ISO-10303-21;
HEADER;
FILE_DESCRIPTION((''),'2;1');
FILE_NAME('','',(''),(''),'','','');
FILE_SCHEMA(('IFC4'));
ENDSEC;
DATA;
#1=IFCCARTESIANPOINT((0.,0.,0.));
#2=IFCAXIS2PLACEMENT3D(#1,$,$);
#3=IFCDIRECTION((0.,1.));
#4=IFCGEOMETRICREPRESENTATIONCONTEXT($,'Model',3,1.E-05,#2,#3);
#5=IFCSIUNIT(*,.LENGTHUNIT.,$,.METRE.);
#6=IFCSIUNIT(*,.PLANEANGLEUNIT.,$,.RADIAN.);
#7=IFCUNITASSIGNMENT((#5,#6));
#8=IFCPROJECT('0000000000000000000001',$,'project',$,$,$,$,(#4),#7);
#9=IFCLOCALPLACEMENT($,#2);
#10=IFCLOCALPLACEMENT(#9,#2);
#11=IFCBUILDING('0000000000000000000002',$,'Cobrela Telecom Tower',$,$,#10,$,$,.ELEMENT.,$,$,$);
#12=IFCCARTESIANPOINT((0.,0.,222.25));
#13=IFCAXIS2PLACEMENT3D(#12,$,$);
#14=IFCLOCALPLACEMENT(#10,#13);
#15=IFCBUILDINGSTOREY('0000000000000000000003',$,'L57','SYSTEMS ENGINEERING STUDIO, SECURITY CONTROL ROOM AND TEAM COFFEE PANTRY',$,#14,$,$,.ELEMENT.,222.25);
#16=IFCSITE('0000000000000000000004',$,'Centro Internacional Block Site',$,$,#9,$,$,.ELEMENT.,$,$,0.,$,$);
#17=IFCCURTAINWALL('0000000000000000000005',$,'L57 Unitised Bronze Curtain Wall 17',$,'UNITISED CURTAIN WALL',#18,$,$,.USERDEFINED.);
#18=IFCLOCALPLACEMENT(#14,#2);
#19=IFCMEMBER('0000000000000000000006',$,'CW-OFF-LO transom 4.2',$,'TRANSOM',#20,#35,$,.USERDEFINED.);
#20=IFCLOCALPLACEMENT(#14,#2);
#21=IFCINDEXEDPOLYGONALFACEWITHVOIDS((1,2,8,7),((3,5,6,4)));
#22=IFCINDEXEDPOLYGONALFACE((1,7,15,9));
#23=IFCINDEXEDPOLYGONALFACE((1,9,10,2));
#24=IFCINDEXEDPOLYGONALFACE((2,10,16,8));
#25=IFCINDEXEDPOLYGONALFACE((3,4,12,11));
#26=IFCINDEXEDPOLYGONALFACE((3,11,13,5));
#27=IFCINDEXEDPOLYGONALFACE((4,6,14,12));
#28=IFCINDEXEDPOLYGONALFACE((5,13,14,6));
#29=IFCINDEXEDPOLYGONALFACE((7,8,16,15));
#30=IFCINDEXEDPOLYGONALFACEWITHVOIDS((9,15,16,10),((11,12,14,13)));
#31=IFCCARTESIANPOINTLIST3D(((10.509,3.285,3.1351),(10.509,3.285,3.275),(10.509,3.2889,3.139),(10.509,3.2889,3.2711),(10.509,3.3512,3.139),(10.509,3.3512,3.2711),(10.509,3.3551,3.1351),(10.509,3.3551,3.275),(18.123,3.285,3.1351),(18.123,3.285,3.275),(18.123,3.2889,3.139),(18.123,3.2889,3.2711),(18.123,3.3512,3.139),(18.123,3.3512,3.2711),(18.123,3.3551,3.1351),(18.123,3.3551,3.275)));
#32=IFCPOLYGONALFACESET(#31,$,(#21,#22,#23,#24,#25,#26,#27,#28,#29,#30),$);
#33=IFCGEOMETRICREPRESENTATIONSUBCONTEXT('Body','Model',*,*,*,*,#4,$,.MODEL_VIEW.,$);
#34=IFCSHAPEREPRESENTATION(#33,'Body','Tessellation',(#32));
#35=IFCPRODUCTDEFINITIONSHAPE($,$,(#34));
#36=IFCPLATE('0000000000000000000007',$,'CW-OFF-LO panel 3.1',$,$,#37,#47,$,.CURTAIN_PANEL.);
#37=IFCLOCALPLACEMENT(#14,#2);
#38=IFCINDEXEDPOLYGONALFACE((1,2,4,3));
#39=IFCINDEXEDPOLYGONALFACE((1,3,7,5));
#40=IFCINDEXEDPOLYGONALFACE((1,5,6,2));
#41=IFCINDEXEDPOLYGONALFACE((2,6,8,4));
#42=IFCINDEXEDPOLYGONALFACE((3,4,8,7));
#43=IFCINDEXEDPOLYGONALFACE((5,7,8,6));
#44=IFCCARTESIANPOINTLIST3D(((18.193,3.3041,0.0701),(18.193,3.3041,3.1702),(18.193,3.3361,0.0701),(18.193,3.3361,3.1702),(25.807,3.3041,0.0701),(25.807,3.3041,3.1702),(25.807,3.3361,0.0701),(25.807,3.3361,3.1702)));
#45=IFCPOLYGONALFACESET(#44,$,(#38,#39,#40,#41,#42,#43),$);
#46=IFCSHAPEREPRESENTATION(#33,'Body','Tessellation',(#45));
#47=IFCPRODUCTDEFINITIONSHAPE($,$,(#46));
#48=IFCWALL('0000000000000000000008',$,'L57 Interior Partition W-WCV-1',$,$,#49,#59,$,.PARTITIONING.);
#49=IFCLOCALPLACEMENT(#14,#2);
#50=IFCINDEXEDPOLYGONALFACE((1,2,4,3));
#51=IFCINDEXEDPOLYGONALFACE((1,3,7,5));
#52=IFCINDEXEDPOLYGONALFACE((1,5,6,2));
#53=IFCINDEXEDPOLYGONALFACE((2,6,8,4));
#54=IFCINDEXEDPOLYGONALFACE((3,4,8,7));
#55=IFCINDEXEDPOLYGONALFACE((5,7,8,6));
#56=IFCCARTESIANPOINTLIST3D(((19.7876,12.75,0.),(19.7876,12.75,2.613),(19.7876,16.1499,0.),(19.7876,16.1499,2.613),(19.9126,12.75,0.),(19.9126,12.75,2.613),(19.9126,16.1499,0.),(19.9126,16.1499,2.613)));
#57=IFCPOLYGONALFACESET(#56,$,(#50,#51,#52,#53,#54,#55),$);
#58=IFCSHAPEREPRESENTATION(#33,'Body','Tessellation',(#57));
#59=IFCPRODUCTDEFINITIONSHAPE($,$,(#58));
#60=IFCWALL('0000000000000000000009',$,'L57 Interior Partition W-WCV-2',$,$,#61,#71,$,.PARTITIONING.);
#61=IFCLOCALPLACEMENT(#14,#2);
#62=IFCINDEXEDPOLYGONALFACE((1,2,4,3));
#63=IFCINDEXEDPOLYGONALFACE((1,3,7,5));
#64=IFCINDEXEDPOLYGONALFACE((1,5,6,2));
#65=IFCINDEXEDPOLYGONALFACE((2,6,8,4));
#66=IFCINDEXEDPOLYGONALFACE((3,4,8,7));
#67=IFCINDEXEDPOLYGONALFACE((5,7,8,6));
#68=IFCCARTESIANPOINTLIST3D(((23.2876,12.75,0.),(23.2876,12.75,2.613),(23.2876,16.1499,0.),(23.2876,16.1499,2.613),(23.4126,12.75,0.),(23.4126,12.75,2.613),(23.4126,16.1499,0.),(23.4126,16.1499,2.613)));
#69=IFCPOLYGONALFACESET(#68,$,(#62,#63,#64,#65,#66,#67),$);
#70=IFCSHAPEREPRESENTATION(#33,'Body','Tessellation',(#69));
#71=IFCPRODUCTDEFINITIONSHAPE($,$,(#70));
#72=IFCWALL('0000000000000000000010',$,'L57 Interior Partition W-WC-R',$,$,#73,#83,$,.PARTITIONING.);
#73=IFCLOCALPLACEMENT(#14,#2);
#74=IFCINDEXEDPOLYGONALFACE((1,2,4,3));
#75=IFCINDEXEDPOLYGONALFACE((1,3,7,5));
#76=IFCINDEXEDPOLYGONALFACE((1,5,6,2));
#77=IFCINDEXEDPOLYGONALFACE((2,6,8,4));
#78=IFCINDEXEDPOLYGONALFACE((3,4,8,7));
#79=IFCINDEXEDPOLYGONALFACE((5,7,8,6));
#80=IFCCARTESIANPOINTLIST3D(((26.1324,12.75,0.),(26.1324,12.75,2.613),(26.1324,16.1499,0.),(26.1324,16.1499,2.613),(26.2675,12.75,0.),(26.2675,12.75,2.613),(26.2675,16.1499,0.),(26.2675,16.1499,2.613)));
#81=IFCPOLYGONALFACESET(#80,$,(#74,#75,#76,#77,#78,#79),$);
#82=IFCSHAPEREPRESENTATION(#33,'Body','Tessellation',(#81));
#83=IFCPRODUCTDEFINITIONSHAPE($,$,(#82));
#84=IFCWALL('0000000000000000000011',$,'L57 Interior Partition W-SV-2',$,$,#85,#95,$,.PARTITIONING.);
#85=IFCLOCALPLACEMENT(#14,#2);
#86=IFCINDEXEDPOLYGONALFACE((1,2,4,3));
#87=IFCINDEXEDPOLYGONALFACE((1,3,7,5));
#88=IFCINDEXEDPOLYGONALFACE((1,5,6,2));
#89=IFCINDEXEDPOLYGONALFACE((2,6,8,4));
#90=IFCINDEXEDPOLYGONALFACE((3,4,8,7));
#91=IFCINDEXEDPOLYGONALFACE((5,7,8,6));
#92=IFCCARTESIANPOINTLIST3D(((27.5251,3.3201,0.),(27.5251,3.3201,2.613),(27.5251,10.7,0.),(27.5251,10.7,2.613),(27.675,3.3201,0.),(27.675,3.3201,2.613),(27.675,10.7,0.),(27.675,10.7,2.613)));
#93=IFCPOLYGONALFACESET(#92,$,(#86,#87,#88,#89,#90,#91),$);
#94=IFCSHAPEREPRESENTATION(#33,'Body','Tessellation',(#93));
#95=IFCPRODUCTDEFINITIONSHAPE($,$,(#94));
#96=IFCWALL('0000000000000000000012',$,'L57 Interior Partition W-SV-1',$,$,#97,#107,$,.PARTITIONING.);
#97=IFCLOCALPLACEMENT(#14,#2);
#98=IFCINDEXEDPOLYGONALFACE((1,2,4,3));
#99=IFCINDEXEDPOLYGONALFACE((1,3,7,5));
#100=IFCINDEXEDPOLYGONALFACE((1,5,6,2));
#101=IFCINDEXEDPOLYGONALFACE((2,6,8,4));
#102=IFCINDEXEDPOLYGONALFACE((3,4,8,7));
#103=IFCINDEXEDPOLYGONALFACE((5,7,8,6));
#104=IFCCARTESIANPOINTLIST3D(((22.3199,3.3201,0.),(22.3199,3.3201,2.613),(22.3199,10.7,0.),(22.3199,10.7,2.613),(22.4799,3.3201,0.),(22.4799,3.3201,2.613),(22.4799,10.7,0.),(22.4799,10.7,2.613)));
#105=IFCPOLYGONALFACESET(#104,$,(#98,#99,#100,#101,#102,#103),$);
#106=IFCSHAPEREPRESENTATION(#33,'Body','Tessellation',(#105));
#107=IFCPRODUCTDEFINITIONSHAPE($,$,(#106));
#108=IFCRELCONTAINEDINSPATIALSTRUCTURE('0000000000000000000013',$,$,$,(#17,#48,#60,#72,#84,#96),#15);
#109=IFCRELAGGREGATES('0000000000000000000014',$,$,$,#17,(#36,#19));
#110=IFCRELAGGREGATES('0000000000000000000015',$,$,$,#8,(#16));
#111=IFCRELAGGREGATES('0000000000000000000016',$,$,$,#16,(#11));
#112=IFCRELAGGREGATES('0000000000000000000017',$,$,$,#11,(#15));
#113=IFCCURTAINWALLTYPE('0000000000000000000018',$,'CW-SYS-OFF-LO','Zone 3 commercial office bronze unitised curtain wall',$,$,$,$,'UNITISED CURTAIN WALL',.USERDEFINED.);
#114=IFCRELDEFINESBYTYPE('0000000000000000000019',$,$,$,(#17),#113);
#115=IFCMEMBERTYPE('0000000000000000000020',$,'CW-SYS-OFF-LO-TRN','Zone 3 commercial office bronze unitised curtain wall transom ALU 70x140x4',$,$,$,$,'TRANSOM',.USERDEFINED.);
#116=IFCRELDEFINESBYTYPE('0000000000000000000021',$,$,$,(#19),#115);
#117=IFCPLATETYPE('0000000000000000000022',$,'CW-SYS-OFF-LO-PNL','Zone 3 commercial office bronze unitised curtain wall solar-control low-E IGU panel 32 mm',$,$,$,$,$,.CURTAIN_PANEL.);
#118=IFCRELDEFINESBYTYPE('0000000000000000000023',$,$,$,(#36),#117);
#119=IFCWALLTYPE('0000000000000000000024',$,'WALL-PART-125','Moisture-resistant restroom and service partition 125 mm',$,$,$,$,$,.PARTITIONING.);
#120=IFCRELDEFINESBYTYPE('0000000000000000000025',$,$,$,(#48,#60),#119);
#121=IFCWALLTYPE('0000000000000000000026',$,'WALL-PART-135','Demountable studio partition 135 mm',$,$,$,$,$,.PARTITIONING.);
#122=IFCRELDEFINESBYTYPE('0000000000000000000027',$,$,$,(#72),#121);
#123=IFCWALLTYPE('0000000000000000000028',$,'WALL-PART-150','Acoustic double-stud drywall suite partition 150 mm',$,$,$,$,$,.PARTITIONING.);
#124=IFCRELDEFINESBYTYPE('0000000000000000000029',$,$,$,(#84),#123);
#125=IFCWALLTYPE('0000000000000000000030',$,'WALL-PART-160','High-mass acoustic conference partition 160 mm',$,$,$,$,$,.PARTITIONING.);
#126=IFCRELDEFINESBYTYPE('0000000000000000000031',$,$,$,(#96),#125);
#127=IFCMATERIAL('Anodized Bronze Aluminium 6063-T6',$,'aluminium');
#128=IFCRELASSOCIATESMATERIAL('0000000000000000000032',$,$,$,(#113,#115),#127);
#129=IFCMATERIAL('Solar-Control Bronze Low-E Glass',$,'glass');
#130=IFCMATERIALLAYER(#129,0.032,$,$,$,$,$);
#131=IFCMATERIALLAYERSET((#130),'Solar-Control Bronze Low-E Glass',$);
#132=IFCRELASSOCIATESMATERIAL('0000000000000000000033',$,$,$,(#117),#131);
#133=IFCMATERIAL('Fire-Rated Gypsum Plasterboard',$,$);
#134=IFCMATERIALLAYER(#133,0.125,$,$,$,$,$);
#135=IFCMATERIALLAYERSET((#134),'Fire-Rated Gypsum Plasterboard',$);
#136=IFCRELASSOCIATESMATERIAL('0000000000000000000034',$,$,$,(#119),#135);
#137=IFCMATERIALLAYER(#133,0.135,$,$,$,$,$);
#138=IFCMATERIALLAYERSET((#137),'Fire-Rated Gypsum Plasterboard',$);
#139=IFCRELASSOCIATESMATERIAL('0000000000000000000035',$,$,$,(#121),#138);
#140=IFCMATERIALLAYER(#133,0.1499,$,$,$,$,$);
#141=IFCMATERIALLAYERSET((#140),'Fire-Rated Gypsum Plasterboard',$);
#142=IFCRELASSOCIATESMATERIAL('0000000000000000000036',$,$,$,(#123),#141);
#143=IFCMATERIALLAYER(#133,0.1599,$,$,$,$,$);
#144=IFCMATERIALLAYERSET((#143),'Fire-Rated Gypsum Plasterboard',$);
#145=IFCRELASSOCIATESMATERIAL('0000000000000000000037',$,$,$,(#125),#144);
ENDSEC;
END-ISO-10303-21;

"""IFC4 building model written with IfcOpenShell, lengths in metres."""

from ifc_helpers import new_model, si_unit, direction, frame, frame_2d, origin, origin_2d, place, context, subcontext, project, spatial, rectangle, hollow_rectangle, extrude, material, layer, layer_set, material_profile, profile_set, type_object, element, aggregate, save


model = new_model("IFC4")

# Units and contexts
model_context = context("Model", 3, precision=1e-05, world=origin(), true_north=direction((0.0, 1.0)))
body_context = subcontext(model_context, "Body", "Model", "MODEL_VIEW")
ifc_project = project(units=[si_unit("LENGTHUNIT", "METRE"), si_unit("PLANEANGLEUNIT", "RADIAN")], contexts=[model_context])

# Site, building, storey
site_placement = place(None, origin())
site = spatial("IfcSite", under=ifc_project, at=site_placement, Name="Centro Internacional Block Site", CompositionType="ELEMENT", RefElevation=0.0)
building_placement = place(site_placement, origin())
building = spatial("IfcBuilding", under=site, at=building_placement, Name="Cobrela Telecom Tower", CompositionType="ELEMENT")
storey_placement = place(building_placement, frame((0.0, 0.0, 222.25)))
storey = spatial("IfcBuildingStorey", under=building, at=storey_placement, Name="L57", Description="SYSTEMS ENGINEERING STUDIO, SECURITY CONTROL ROOM AND TEAM COFFEE PANTRY", CompositionType="ELEMENT", Elevation=222.25)

# Curtain wall, member, plate
ifc_material_1 = material(Name="Anodized Bronze Aluminium 6063-T6", Category="aluminium")
curtain_wall_type = type_object("IfcCurtainWallType", Name="CW-SYS-OFF-LO", Description="Zone 3 commercial office bronze unitised curtain wall", ElementType="UNITISED CURTAIN WALL", PredefinedType="USERDEFINED", material=ifc_material_1)
curtain_wall_placement = place(storey_placement, origin())
curtain_wall = element("IfcCurtainWall", 1, at=curtain_wall_placement, inside=storey, type_object=curtain_wall_type, Name="L57 Unitised Bronze Curtain Wall 17", ObjectType="UNITISED CURTAIN WALL", PredefinedType="USERDEFINED")
ifc_material_profile_1 = material_profile(ifc_material_1, hollow_rectangle(XDim=0.0701, YDim=0.1399, WallThickness=0.0039, at=origin_2d()), Name="ALU 70x140x4")
ifc_profile_set_1 = profile_set([ifc_material_profile_1], Name="Anodized Bronze Aluminium 6063-T6")
member_type_1 = type_object("IfcMemberType", Name="CW-SYS-OFF-LO-TRN", Description="Zone 3 commercial office bronze unitised curtain wall transom ALU 70x140x4", ElementType="TRANSOM", PredefinedType="USERDEFINED", material=ifc_profile_set_1)
member_1_placement = place(storey_placement, frame((18.123, 3.3201, 3.2051), z_axis=(-1.0, 0.0, 0.0), x_axis=(0.0, -1.0, 0.0)))
member_1 = element("IfcMember", 2, at=member_1_placement, type_object=member_type_1, Name="CW-OFF-LO transom 4.2", ObjectType="TRANSOM", PredefinedType="USERDEFINED", context=body_context, shape_type="SweptSolid", body=[
    extrude(hollow_rectangle(XDim=0.0701, YDim=0.1399, WallThickness=0.0039, at=origin_2d()), origin(), (0.0, 0.0, 1.0), 7.614),
])
ifc_material_2 = material(Name="Solar-Control Bronze Low-E Glass", Category="glass")
ifc_layer_1 = layer(ifc_material_2, 0.032)
ifc_layer_set_1 = layer_set([ifc_layer_1], Name="Solar-Control Bronze Low-E Glass")
plate_type = type_object("IfcPlateType", Name="CW-SYS-OFF-LO-PNL", Description="Zone 3 commercial office bronze unitised curtain wall solar-control low-E IGU panel 32 mm", PredefinedType="CURTAIN_PANEL", material=ifc_layer_set_1)
plate_placement = place(storey_placement, frame((22.0, 3.3201, 0.0701), z_axis=(0.0, 0.0, 1.0), x_axis=(-1.0, 0.0, 0.0)))
plate = element("IfcPlate", 3, at=plate_placement, type_object=plate_type, Name="CW-OFF-LO panel 3.1", PredefinedType="CURTAIN_PANEL", context=body_context, shape_type="SweptSolid", body=[
    extrude(rectangle(XDim=7.614, YDim=0.032, at=origin_2d()), origin(), (0.0, 0.0, 1.0), 3.1001),
])
aggregate(curtain_wall, [plate, member_1])

# Walls
ifc_material_3 = material(Name="Fire-Rated Gypsum Plasterboard")
ifc_layer_2 = layer(ifc_material_3, 0.125)
ifc_layer_set_2 = layer_set([ifc_layer_2], Name="Fire-Rated Gypsum Plasterboard")
wall_type_1 = type_object("IfcWallType", Name="WALL-PART-125", Description="Moisture-resistant restroom and service partition 125 mm", PredefinedType="PARTITIONING", material=ifc_layer_set_2)
for number, where, z_axis, x_axis, name in (
    (4, (19.8501, 12.75, 0.0), (0.0, 0.0, 1.0), (0.0, 1.0, 0.0), "L57 Interior Partition W-WCV-1"),
    (5, (23.3501, 12.75, 0.0), (0.0, 0.0, 1.0), (0.0, 1.0, 0.0), "L57 Interior Partition W-WCV-2"),
):
    element("IfcWall", number, at=place(storey_placement, frame(where, z_axis=z_axis, x_axis=x_axis)), inside=storey, type_object=wall_type_1, Name=name, PredefinedType="PARTITIONING", context=body_context, shape_type="SweptSolid", body=[
        extrude(rectangle(XDim=3.3999, YDim=0.125, at=frame_2d((1.7, 0.0))), origin(), (0.0, 0.0, 1.0), 2.613),
    ])
ifc_layer_3 = layer(ifc_material_3, 0.135)
ifc_layer_set_3 = layer_set([ifc_layer_3], Name="Fire-Rated Gypsum Plasterboard")
wall_type_2 = type_object("IfcWallType", Name="WALL-PART-135", Description="Demountable studio partition 135 mm", PredefinedType="PARTITIONING", material=ifc_layer_set_3)
wall_1_placement = place(storey_placement, frame((26.2, 12.75, 0.0), z_axis=(0.0, 0.0, 1.0), x_axis=(0.0, 1.0, 0.0)))
element("IfcWall", 6, at=wall_1_placement, inside=storey, type_object=wall_type_2, Name="L57 Interior Partition W-WC-R", PredefinedType="PARTITIONING", context=body_context, shape_type="SweptSolid", body=[
    extrude(rectangle(XDim=3.3999, YDim=0.135, at=frame_2d((1.7, 0.0))), origin(), (0.0, 0.0, 1.0), 2.613),
])
ifc_layer_4 = layer(ifc_material_3, 0.1499)
ifc_layer_set_4 = layer_set([ifc_layer_4], Name="Fire-Rated Gypsum Plasterboard")
wall_type_3 = type_object("IfcWallType", Name="WALL-PART-150", Description="Acoustic double-stud drywall suite partition 150 mm", PredefinedType="PARTITIONING", material=ifc_layer_set_4)
wall_2_placement = place(storey_placement, frame((27.6001, 3.3201, 0.0), z_axis=(0.0, 0.0, 1.0), x_axis=(0.0, 1.0, 0.0)))
element("IfcWall", 7, at=wall_2_placement, inside=storey, type_object=wall_type_3, Name="L57 Interior Partition W-SV-2", PredefinedType="PARTITIONING", context=body_context, shape_type="SweptSolid", body=[
    extrude(rectangle(XDim=7.3799, YDim=0.1499, at=frame_2d((3.6899, 0.0))), origin(), (0.0, 0.0, 1.0), 2.613),
])
ifc_layer_5 = layer(ifc_material_3, 0.1599)
ifc_layer_set_5 = layer_set([ifc_layer_5], Name="Fire-Rated Gypsum Plasterboard")
wall_type_4 = type_object("IfcWallType", Name="WALL-PART-160", Description="High-mass acoustic conference partition 160 mm", PredefinedType="PARTITIONING", material=ifc_layer_set_5)
wall_3_placement = place(storey_placement, frame((22.3999, 3.3201, 0.0), z_axis=(0.0, 0.0, 1.0), x_axis=(0.0, 1.0, 0.0)))
element("IfcWall", 8, at=wall_3_placement, inside=storey, type_object=wall_type_4, Name="L57 Interior Partition W-SV-1", PredefinedType="PARTITIONING", context=body_context, shape_type="SweptSolid", body=[
    extrude(rectangle(XDim=7.3799, YDim=0.1599, at=frame_2d((3.6899, 0.0))), origin(), (0.0, 0.0, 1.0), 2.613),
])

save(model, "model.ifc")
